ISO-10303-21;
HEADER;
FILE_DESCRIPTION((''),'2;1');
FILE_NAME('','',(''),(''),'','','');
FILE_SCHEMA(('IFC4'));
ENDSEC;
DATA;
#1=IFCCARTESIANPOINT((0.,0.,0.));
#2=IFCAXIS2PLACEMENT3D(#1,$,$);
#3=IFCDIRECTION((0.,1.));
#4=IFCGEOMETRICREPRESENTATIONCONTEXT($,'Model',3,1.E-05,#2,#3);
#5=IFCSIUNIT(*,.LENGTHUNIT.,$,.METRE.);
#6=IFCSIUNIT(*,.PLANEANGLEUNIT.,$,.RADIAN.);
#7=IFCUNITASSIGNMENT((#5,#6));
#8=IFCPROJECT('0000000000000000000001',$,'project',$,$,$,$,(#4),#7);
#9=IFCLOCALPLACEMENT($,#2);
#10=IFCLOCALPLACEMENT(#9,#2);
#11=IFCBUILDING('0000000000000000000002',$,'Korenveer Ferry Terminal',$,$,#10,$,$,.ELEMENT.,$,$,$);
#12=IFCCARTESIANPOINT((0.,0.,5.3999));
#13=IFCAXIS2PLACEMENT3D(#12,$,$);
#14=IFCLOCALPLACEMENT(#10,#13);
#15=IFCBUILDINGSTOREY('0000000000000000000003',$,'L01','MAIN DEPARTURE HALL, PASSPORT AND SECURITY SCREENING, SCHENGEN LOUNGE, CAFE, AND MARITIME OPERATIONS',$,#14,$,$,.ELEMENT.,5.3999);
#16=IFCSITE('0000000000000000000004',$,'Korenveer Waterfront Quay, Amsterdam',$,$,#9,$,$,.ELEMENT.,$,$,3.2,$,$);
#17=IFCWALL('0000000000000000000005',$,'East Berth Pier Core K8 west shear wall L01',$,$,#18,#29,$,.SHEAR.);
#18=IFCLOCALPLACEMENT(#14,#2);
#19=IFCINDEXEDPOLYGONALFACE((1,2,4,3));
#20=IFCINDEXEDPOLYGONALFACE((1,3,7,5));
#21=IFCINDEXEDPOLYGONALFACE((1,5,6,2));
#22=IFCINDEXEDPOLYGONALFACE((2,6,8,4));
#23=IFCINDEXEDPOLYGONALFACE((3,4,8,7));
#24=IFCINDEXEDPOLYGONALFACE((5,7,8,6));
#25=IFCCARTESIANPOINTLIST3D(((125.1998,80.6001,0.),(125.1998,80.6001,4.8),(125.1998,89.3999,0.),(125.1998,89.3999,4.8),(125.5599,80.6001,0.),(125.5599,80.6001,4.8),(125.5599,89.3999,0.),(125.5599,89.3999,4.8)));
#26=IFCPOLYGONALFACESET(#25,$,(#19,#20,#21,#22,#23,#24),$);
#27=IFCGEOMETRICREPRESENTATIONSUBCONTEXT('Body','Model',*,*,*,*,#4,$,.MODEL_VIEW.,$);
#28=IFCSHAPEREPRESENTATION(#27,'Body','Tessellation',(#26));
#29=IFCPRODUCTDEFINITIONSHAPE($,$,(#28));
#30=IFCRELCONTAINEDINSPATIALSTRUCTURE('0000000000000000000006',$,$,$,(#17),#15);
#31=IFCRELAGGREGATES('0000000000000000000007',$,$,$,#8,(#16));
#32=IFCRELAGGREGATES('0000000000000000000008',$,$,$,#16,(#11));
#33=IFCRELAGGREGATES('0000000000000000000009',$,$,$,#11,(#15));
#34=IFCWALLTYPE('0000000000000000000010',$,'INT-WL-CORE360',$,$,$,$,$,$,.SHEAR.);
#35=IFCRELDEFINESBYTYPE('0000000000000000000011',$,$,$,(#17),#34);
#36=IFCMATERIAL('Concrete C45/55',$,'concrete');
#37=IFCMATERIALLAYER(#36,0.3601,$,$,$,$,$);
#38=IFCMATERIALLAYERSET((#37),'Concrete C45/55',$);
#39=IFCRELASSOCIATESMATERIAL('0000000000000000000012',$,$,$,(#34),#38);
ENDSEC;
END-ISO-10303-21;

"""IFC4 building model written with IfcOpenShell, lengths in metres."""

from ifc_helpers import new_model, si_unit, direction, frame, frame_2d, origin, place, context, subcontext, project, spatial, rectangle, extrude, material, layer, layer_set, type_object, element, save


model = new_model("IFC4")

# Units and contexts
model_context = context("Model", 3, precision=1e-05, world=origin(), true_north=direction((0.0, 1.0)))
body_context = subcontext(model_context, "Body", "Model", "MODEL_VIEW")
ifc_project = project(units=[si_unit("LENGTHUNIT", "METRE"), si_unit("PLANEANGLEUNIT", "RADIAN")], contexts=[model_context])

# Site, building, storey
site_placement = place(None, origin())
site = spatial("IfcSite", under=ifc_project, at=site_placement, Name="Korenveer Waterfront Quay, Amsterdam", CompositionType="ELEMENT", RefElevation=3.2)
building_placement = place(site_placement, origin())
building = spatial("IfcBuilding", under=site, at=building_placement, Name="Korenveer Ferry Terminal", CompositionType="ELEMENT")
storey_placement = place(building_placement, frame((0.0, 0.0, 5.3999)))
storey = spatial("IfcBuildingStorey", under=building, at=storey_placement, Name="L01", Description="MAIN DEPARTURE HALL, PASSPORT AND SECURITY SCREENING, SCHENGEN LOUNGE, CAFE, AND MARITIME OPERATIONS", CompositionType="ELEMENT", Elevation=5.3999)

# Shared definitions
ifc_material_1 = material(Name="Concrete C45/55", Category="concrete")
ifc_layer_1 = layer(ifc_material_1, 0.3601)
ifc_layer_set_1 = layer_set([ifc_layer_1], Name="Concrete C45/55")
wall_type = type_object("IfcWallType", Name="INT-WL-CORE360", PredefinedType="SHEAR", material=ifc_layer_set_1)

# Wall
wall_1_placement = place(storey_placement, frame((125.3799, 80.6001, 0.0), z_axis=(0.0, 0.0, 1.0), x_axis=(0.0, 1.0, 0.0)))
element("IfcWall", 1, at=wall_1_placement, inside=storey, type_object=wall_type, Name="East Berth Pier Core K8 west shear wall L01", PredefinedType="SHEAR", context=body_context, shape_type="SweptSolid", body=[
    extrude(rectangle(XDim=8.7998, YDim=0.3601, at=frame_2d((4.3999, 0.0))), origin(), (0.0, 0.0, 1.0), 4.8),
])

save(model, "model.ifc")
